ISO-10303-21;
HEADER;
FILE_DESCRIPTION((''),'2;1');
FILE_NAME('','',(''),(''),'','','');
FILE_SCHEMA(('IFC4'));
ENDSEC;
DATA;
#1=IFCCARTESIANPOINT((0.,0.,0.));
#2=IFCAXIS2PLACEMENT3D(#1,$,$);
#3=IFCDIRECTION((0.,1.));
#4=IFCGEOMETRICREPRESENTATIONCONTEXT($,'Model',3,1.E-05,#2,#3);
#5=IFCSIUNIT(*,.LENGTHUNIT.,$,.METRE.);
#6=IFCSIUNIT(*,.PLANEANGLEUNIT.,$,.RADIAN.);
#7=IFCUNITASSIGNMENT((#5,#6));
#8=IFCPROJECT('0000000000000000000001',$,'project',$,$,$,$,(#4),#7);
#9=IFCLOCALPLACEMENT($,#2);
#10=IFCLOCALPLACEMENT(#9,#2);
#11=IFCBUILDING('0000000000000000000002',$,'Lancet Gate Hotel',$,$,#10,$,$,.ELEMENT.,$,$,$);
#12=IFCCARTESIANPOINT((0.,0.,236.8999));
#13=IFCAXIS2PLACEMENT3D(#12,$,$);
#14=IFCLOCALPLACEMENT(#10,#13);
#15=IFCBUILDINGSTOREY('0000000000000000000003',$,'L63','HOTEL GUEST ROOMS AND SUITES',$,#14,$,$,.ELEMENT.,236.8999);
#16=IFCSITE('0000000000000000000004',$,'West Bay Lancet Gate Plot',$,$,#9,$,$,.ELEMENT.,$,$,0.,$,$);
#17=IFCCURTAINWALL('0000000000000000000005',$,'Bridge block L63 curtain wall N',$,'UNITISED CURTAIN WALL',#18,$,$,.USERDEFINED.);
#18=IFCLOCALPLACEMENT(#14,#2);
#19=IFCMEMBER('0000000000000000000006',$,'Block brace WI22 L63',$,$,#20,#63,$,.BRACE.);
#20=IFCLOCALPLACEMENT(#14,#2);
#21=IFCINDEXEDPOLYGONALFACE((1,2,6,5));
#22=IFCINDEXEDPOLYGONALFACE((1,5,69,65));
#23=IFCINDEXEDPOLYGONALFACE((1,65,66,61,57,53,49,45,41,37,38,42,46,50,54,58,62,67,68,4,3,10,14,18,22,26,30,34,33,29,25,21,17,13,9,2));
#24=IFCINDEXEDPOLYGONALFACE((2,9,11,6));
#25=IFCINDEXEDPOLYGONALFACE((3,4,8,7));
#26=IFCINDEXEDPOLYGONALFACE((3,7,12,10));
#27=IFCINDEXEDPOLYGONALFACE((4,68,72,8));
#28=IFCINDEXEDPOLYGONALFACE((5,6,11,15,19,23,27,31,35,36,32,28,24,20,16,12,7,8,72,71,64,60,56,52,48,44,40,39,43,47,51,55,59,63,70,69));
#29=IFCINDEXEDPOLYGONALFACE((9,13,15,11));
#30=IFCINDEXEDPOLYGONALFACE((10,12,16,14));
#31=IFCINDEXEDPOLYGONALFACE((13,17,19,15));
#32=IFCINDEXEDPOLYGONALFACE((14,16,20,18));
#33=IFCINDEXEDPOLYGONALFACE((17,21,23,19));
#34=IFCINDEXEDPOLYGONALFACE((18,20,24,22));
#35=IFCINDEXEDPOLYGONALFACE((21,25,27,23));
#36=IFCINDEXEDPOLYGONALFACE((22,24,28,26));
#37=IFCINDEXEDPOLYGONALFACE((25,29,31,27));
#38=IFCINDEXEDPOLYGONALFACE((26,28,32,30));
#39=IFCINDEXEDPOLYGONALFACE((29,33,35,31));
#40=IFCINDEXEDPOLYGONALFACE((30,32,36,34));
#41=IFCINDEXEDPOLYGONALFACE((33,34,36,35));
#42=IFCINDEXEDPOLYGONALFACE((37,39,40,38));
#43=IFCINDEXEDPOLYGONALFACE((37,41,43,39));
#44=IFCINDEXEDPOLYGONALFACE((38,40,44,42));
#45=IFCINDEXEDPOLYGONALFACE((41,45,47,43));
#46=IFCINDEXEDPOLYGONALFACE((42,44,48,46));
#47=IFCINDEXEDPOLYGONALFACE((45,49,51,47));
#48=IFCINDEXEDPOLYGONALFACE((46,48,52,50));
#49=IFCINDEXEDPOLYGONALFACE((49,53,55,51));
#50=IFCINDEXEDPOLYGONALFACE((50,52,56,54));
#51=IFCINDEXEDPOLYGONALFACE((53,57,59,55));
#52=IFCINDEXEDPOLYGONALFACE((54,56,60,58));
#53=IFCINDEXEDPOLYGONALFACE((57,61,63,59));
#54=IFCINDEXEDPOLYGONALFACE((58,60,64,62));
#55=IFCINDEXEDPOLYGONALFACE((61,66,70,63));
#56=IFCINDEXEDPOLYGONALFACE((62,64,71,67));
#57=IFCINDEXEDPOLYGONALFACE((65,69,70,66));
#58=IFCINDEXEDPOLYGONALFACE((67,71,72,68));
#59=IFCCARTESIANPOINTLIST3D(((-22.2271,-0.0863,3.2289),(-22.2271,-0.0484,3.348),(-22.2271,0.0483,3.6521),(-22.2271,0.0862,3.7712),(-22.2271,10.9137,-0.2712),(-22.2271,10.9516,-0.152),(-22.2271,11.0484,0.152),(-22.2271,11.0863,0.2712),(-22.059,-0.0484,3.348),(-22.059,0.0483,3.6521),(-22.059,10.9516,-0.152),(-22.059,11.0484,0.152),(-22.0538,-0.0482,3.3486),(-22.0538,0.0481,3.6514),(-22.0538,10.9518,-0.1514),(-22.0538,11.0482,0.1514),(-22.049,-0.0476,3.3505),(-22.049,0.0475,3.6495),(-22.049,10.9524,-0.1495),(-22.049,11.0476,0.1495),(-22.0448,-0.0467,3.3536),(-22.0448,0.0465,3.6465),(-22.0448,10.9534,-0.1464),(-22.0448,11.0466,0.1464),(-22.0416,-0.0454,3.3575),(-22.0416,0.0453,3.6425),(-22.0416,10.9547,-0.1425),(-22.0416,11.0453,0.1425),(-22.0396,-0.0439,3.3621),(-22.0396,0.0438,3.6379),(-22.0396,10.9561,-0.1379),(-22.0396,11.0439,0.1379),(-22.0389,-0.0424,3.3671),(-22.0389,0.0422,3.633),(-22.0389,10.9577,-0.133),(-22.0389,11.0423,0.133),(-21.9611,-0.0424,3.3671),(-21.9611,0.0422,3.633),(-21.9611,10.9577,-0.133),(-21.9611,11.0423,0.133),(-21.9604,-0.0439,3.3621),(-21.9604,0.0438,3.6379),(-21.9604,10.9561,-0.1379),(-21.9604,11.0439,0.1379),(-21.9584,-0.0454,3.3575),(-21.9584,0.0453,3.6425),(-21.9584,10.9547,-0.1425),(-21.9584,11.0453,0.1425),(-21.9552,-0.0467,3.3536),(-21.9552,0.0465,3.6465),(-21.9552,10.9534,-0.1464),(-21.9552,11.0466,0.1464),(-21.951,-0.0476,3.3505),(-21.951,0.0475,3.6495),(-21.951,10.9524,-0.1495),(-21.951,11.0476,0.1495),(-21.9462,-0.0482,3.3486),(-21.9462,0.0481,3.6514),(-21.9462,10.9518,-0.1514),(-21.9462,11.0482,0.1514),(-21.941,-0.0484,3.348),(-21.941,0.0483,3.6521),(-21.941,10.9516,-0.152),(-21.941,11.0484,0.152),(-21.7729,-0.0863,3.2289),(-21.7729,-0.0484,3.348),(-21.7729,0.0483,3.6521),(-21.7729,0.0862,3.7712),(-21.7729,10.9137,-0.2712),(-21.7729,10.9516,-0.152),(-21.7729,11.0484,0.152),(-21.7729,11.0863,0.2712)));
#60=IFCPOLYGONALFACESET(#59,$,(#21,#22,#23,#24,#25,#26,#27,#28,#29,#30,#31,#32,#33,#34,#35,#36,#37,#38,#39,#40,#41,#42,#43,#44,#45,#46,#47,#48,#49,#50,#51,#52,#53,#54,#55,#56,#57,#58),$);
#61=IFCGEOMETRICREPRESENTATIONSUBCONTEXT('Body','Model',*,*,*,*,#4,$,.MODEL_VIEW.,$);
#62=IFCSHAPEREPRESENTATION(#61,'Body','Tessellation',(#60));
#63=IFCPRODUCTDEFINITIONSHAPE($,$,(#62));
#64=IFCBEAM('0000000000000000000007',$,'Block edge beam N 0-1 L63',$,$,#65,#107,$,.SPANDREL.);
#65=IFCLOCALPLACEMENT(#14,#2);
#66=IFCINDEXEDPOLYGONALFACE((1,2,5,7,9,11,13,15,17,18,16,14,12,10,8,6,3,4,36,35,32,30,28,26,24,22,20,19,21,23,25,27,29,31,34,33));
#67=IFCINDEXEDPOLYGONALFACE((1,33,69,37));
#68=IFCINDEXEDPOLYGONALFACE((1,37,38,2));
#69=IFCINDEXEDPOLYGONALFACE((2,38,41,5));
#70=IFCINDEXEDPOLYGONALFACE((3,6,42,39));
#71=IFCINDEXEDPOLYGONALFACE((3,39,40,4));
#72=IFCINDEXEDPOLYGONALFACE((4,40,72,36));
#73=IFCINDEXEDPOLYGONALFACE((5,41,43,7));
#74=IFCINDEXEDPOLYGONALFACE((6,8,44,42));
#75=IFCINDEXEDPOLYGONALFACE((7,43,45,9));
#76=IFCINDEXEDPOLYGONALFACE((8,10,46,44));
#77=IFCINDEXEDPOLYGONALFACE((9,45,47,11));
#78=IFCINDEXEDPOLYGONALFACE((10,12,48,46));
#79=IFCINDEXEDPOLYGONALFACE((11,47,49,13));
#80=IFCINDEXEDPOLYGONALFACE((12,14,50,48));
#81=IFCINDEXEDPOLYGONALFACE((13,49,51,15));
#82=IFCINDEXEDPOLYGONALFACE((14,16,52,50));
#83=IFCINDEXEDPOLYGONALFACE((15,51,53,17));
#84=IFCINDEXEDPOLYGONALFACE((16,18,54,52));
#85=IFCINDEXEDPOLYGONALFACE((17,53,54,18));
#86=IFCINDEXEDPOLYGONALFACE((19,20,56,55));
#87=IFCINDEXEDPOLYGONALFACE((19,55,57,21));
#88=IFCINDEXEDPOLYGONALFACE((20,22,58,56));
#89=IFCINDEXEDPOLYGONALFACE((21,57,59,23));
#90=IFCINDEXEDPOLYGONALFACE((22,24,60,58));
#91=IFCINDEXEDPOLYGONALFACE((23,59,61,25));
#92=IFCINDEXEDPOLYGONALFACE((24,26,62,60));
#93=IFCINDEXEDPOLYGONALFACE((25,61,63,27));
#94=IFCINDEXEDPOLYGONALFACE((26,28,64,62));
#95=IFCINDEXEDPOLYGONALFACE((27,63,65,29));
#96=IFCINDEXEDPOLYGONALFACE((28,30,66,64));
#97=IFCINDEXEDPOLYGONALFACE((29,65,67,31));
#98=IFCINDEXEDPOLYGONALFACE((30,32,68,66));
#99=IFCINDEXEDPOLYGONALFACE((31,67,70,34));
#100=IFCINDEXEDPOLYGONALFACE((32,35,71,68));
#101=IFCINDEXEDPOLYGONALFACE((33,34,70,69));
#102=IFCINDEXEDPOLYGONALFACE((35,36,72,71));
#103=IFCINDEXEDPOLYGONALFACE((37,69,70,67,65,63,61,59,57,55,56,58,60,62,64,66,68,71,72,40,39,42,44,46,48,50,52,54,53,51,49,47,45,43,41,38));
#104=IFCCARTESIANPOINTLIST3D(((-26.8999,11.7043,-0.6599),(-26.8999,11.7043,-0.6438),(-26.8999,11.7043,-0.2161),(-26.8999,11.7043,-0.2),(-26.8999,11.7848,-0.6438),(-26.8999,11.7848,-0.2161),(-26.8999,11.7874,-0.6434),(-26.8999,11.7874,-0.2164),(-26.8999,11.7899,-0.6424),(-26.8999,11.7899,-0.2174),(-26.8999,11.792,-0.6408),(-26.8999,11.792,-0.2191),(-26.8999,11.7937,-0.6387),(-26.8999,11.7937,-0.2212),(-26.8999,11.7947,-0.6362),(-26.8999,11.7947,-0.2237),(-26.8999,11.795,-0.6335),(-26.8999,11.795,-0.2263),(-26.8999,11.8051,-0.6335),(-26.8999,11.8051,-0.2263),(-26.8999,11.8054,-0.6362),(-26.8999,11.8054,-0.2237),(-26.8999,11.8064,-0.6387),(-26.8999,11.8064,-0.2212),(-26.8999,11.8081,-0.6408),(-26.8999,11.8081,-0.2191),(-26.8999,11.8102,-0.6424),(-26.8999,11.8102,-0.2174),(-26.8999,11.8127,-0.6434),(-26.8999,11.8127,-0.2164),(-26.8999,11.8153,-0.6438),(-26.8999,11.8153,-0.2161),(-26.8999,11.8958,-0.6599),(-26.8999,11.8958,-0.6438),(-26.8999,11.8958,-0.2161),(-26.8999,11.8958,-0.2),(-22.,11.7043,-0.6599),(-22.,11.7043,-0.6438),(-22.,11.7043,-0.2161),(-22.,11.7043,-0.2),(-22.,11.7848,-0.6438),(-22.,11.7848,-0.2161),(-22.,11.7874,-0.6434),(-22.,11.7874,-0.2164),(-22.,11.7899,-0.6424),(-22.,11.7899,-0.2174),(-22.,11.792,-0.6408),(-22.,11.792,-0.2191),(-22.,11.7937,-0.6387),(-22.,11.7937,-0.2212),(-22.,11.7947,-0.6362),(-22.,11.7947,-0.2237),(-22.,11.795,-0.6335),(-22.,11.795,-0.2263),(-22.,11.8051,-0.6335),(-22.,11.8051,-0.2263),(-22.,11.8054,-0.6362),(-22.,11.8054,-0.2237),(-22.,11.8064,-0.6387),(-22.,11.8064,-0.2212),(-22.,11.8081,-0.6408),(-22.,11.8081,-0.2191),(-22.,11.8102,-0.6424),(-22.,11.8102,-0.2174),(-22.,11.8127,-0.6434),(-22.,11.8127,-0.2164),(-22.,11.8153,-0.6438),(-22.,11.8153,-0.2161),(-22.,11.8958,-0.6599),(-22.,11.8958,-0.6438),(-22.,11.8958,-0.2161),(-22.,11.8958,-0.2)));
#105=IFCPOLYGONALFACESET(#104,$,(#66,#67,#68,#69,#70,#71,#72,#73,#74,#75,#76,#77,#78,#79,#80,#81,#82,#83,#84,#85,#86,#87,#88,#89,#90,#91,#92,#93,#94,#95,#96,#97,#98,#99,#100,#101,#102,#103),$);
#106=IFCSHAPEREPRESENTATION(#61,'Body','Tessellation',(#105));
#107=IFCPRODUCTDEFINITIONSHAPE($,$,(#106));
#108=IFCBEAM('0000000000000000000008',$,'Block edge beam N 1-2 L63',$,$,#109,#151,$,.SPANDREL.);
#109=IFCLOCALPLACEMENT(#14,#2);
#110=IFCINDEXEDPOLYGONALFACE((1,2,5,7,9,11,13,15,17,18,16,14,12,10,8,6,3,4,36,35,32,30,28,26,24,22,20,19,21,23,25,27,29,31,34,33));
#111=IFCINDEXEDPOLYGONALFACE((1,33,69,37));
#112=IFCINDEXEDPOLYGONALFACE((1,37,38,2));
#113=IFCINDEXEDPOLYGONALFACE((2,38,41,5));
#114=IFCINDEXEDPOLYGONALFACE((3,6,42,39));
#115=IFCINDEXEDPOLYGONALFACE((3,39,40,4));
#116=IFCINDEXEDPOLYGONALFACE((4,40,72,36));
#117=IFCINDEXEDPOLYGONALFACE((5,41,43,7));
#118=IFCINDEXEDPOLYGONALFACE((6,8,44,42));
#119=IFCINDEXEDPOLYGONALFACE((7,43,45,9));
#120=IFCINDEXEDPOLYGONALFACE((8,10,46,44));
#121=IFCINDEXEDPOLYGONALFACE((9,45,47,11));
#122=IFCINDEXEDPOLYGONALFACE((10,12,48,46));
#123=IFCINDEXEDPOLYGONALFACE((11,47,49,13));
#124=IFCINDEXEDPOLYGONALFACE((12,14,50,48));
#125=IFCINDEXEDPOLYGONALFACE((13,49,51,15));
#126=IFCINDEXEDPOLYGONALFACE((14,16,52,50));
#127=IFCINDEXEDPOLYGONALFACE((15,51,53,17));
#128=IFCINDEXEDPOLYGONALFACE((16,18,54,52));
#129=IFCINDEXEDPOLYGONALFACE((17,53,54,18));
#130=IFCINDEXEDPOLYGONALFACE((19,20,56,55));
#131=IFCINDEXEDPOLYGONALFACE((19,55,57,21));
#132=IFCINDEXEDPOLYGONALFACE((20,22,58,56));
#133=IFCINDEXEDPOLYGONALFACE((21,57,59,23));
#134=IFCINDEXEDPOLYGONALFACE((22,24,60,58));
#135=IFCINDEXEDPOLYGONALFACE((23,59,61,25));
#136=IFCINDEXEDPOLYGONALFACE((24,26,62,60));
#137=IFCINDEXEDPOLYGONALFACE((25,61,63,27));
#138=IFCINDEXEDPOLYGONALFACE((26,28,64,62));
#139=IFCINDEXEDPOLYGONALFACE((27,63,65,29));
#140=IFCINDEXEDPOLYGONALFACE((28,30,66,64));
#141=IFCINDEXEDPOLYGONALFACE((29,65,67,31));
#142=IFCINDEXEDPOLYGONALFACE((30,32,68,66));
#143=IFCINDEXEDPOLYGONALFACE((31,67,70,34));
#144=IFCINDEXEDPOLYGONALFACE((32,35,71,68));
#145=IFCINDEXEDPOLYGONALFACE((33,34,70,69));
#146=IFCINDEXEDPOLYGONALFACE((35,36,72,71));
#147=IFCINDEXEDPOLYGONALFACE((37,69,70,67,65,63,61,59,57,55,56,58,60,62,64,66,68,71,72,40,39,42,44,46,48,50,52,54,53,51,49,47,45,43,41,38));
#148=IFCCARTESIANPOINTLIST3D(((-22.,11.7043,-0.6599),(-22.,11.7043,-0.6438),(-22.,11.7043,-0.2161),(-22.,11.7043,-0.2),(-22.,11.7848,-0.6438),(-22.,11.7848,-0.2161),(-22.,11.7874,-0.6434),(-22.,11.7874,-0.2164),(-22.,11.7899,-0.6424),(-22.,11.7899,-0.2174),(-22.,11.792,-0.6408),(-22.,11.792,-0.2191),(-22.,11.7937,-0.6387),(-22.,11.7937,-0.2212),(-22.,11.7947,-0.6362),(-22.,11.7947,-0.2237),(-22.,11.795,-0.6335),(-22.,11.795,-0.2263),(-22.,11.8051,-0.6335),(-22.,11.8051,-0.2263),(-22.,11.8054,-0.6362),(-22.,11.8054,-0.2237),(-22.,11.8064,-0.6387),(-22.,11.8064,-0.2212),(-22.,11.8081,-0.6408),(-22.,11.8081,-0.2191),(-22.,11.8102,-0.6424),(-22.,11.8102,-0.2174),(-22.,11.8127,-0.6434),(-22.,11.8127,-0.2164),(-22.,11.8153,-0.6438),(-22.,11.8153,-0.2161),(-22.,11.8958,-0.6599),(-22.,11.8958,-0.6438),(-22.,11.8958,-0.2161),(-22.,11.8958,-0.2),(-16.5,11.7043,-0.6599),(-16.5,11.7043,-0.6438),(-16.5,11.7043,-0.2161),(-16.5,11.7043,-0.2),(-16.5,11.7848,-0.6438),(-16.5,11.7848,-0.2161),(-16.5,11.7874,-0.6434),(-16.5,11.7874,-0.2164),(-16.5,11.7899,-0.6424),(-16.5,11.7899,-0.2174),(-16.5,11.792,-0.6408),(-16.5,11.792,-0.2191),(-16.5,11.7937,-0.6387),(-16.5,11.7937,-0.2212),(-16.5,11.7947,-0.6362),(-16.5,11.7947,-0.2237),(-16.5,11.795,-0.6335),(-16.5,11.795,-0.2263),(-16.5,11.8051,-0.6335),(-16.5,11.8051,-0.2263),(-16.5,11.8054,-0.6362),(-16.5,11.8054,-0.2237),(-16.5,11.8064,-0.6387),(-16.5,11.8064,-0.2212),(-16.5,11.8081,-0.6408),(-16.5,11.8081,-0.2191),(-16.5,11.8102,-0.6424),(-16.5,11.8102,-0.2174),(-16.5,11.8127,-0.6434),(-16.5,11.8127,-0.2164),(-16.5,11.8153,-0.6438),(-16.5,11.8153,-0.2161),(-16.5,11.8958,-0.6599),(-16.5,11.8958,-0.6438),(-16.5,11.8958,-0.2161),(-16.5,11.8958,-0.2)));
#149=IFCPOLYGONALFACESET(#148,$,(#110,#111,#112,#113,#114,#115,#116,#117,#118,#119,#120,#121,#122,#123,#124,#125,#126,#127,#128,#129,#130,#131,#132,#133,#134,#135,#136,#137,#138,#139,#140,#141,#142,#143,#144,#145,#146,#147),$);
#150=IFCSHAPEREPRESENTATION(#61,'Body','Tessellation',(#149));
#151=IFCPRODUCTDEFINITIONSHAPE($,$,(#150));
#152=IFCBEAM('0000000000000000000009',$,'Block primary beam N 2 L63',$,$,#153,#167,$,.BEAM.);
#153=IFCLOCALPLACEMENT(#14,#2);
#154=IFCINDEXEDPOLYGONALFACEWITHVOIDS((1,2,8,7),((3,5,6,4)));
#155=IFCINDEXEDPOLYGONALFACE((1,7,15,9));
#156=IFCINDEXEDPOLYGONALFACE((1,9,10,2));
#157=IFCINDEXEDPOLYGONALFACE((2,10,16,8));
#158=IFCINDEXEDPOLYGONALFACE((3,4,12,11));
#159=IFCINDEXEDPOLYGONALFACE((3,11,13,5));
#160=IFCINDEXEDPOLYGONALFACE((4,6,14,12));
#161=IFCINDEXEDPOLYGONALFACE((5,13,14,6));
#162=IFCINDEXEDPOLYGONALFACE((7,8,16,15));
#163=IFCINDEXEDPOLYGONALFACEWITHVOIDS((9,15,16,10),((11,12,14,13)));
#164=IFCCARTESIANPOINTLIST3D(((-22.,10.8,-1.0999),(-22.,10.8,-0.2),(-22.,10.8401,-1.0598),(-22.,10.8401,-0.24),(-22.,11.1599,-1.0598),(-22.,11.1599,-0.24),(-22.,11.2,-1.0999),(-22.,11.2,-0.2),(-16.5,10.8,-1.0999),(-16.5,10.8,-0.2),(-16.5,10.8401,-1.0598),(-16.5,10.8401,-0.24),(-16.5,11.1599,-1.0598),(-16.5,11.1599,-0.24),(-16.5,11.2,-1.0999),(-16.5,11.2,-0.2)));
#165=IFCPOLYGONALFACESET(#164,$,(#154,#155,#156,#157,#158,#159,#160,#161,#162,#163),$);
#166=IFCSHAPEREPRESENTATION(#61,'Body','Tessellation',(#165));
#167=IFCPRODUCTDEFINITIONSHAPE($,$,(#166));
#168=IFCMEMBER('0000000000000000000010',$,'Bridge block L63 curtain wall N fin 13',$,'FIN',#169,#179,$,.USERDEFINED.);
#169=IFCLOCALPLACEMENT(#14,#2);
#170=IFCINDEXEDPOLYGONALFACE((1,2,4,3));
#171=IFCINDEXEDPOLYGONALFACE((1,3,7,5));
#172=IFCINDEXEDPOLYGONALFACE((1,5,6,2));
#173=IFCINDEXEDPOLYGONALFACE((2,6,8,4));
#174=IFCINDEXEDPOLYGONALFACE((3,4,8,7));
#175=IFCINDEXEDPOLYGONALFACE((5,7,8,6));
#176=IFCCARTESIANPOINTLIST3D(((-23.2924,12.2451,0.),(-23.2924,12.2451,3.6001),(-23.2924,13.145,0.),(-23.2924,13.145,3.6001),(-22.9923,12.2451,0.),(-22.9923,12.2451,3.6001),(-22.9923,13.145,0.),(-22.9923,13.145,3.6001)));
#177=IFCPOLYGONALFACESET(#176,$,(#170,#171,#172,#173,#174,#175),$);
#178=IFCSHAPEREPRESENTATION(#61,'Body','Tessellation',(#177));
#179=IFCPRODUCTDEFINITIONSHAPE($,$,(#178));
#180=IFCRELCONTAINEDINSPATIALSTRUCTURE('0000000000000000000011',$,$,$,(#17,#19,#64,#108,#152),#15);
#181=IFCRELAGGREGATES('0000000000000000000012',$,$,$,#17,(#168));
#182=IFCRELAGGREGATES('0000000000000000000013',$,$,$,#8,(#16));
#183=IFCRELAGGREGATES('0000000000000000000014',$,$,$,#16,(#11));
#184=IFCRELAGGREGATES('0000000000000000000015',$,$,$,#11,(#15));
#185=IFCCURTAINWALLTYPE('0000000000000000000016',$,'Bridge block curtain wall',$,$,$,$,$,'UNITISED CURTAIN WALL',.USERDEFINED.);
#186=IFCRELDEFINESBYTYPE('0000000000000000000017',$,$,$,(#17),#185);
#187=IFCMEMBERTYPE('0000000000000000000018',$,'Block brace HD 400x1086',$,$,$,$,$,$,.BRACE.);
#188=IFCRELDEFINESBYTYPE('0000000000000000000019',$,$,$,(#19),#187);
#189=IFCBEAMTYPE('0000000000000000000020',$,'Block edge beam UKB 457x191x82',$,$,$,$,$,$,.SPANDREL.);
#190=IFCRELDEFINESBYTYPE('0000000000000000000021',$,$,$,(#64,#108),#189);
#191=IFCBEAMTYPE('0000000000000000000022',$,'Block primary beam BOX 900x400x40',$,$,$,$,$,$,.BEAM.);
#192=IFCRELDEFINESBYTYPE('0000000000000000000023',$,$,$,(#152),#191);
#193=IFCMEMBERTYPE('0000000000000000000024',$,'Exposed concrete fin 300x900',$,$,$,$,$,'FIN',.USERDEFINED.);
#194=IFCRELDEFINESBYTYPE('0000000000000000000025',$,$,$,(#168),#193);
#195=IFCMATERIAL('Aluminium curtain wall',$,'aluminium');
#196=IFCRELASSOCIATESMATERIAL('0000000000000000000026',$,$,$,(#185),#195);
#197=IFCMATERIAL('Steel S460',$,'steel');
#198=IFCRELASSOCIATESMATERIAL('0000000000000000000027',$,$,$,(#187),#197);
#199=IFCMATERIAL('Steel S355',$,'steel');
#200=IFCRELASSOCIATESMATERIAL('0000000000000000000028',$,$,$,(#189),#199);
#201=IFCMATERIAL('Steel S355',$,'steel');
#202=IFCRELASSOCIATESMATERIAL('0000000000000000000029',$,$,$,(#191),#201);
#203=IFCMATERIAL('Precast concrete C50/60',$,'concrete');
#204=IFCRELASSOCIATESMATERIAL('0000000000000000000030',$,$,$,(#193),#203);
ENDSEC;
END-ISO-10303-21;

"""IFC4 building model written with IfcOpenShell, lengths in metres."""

from ifc_helpers import new_model, si_unit, direction, frame, origin, origin_2d, place, context, subcontext, project, spatial, rectangle, hollow_rectangle, i_section, extrude, material, material_profile, profile_set, type_object, element, aggregate, save


model = new_model("IFC4")

# Units and contexts
model_context = context("Model", 3, precision=1e-05, world=origin(), true_north=direction((0.0, 1.0)))
body_context = subcontext(model_context, "Body", "Model", "MODEL_VIEW")
ifc_project = project(units=[si_unit("LENGTHUNIT", "METRE"), si_unit("PLANEANGLEUNIT", "RADIAN")], contexts=[model_context])

# Site, building, storey
site_placement = place(None, origin())
site = spatial("IfcSite", under=ifc_project, at=site_placement, Name="West Bay Lancet Gate Plot", CompositionType="ELEMENT", RefElevation=0.0)
building_placement = place(site_placement, origin())
building = spatial("IfcBuilding", under=site, at=building_placement, Name="Lancet Gate Hotel", CompositionType="ELEMENT")
storey_placement = place(building_placement, frame((0.0, 0.0, 236.8999)))
storey = spatial("IfcBuildingStorey", under=building, at=storey_placement, Name="L63", Description="HOTEL GUEST ROOMS AND SUITES", CompositionType="ELEMENT", Elevation=236.8999)

# Curtain wall
ifc_material_1 = material(Name="Aluminium curtain wall", Category="aluminium")
curtain_wall_type_1 = type_object("IfcCurtainWallType", Name="Bridge block curtain wall", ElementType="UNITISED CURTAIN WALL", PredefinedType="USERDEFINED", material=ifc_material_1)
curtain_wall_1_placement = place(storey_placement, origin())
curtain_wall_1 = element("IfcCurtainWall", 1, at=curtain_wall_1_placement, inside=storey, type_object=curtain_wall_type_1, Name="Bridge block L63 curtain wall N", ObjectType="UNITISED CURTAIN WALL", PredefinedType="USERDEFINED")

# Member
ifc_material_2 = material(Name="Steel S460", Category="steel")
ifc_material_profile_1 = material_profile(ifc_material_2, i_section(OverallWidth=0.4541, OverallDepth=0.5691, WebThickness=0.0779, FlangeThickness=0.125, FilletRadius=0.02, at=origin_2d()), Name="HD 400x1086")
ifc_profile_set_1 = profile_set([ifc_material_profile_1], Name="Steel S460")
member_type_1 = type_object("IfcMemberType", Name="Block brace HD 400x1086", PredefinedType="BRACE", material=ifc_profile_set_1)
member_1_placement = place(storey_placement, frame((-22.0, 11.0, 0.0), z_axis=(0.0, -0.952926, 0.303204), x_axis=(1.0, 0.0, 0.0)))
element("IfcMember", 2, at=member_1_placement, inside=storey, type_object=member_type_1, Name="Block brace WI22 L63", PredefinedType="BRACE", context=body_context, shape_type="SweptSolid", body=[
    extrude(i_section(OverallWidth=0.4541, OverallDepth=0.5691, WebThickness=0.0779, FlangeThickness=0.125, FilletRadius=0.02, at=origin_2d()), origin(), (0.0, 0.0, 1.0), 11.5435),
])

# Beams
ifc_material_3 = material(Name="Steel S355", Category="steel")
ifc_material_profile_2 = material_profile(ifc_material_3, i_section(OverallWidth=0.1914, OverallDepth=0.46, WebThickness=0.01, FlangeThickness=0.0161, FilletRadius=0.0103, at=origin_2d()), Name="UKB 457x191x82")
ifc_profile_set_2 = profile_set([ifc_material_profile_2], Name="Steel S355")
beam_type_1 = type_object("IfcBeamType", Name="Block edge beam UKB 457x191x82", PredefinedType="SPANDREL", material=ifc_profile_set_2)
beam_1_placement = place(storey_placement, frame((-26.8999, 11.8, -0.4299), z_axis=(1.0, 0.0, 0.0), x_axis=(0.0, 1.0, 0.0)))
element("IfcBeam", 3, at=beam_1_placement, inside=storey, type_object=beam_type_1, Name="Block edge beam N 0-1 L63", PredefinedType="SPANDREL", context=body_context, shape_type="SweptSolid", body=[
    extrude(i_section(OverallWidth=0.1914, OverallDepth=0.46, WebThickness=0.01, FlangeThickness=0.0161, FilletRadius=0.0103, at=origin_2d()), origin(), (0.0, 0.0, 1.0), 4.8999),
])
beam_2_placement = place(storey_placement, frame((-22.0, 11.8, -0.4299), z_axis=(1.0, 0.0, 0.0), x_axis=(0.0, 1.0, 0.0)))
element("IfcBeam", 4, at=beam_2_placement, inside=storey, type_object=beam_type_1, Name="Block edge beam N 1-2 L63", PredefinedType="SPANDREL", context=body_context, shape_type="SweptSolid", body=[
    extrude(i_section(OverallWidth=0.1914, OverallDepth=0.46, WebThickness=0.01, FlangeThickness=0.0161, FilletRadius=0.0103, at=origin_2d()), origin(), (0.0, 0.0, 1.0), 5.5),
])
ifc_material_4 = material(Name="Steel S355", Category="steel")
ifc_material_profile_3 = material_profile(ifc_material_4, hollow_rectangle(XDim=0.3999, YDim=0.8999, WallThickness=0.04, at=origin_2d()), Name="BOX 900x400x40")
ifc_profile_set_3 = profile_set([ifc_material_profile_3], Name="Steel S355")
beam_type_2 = type_object("IfcBeamType", Name="Block primary beam BOX 900x400x40", PredefinedType="BEAM", material=ifc_profile_set_3)
beam_3_placement = place(storey_placement, frame((-22.0, 11.0, -0.6499), z_axis=(1.0, 0.0, 0.0), x_axis=(0.0, 1.0, 0.0)))
element("IfcBeam", 5, at=beam_3_placement, inside=storey, type_object=beam_type_2, Name="Block primary beam N 2 L63", PredefinedType="BEAM", context=body_context, shape_type="SweptSolid", body=[
    extrude(hollow_rectangle(XDim=0.3999, YDim=0.8999, WallThickness=0.04, at=origin_2d()), origin(), (0.0, 0.0, 1.0), 5.5),
])

# Member
ifc_material_5 = material(Name="Precast concrete C50/60", Category="concrete")
ifc_material_profile_4 = material_profile(ifc_material_5, rectangle(XDim=0.3, YDim=0.8999, at=origin_2d()), Name="FIN 300x900")
ifc_profile_set_4 = profile_set([ifc_material_profile_4], Name="Precast concrete C50/60")
member_type_2 = type_object("IfcMemberType", Name="Exposed concrete fin 300x900", ElementType="FIN", PredefinedType="USERDEFINED", material=ifc_profile_set_4)
member_2_placement = place(storey_placement, frame((-23.1423, 12.6951, 0.0), z_axis=(0.0, 0.0, 1.0), x_axis=(-1.0, 0.0, 0.0)))
member_2 = element("IfcMember", 6, at=member_2_placement, type_object=member_type_2, Name="Bridge block L63 curtain wall N fin 13", ObjectType="FIN", PredefinedType="USERDEFINED", context=body_context, shape_type="SweptSolid", body=[
    extrude(rectangle(XDim=0.3, YDim=0.8999, at=origin_2d()), origin(), (0.0, 0.0, 1.0), 3.6001),
])

aggregate(curtain_wall_1, [member_2])

save(model, "model.ifc")
